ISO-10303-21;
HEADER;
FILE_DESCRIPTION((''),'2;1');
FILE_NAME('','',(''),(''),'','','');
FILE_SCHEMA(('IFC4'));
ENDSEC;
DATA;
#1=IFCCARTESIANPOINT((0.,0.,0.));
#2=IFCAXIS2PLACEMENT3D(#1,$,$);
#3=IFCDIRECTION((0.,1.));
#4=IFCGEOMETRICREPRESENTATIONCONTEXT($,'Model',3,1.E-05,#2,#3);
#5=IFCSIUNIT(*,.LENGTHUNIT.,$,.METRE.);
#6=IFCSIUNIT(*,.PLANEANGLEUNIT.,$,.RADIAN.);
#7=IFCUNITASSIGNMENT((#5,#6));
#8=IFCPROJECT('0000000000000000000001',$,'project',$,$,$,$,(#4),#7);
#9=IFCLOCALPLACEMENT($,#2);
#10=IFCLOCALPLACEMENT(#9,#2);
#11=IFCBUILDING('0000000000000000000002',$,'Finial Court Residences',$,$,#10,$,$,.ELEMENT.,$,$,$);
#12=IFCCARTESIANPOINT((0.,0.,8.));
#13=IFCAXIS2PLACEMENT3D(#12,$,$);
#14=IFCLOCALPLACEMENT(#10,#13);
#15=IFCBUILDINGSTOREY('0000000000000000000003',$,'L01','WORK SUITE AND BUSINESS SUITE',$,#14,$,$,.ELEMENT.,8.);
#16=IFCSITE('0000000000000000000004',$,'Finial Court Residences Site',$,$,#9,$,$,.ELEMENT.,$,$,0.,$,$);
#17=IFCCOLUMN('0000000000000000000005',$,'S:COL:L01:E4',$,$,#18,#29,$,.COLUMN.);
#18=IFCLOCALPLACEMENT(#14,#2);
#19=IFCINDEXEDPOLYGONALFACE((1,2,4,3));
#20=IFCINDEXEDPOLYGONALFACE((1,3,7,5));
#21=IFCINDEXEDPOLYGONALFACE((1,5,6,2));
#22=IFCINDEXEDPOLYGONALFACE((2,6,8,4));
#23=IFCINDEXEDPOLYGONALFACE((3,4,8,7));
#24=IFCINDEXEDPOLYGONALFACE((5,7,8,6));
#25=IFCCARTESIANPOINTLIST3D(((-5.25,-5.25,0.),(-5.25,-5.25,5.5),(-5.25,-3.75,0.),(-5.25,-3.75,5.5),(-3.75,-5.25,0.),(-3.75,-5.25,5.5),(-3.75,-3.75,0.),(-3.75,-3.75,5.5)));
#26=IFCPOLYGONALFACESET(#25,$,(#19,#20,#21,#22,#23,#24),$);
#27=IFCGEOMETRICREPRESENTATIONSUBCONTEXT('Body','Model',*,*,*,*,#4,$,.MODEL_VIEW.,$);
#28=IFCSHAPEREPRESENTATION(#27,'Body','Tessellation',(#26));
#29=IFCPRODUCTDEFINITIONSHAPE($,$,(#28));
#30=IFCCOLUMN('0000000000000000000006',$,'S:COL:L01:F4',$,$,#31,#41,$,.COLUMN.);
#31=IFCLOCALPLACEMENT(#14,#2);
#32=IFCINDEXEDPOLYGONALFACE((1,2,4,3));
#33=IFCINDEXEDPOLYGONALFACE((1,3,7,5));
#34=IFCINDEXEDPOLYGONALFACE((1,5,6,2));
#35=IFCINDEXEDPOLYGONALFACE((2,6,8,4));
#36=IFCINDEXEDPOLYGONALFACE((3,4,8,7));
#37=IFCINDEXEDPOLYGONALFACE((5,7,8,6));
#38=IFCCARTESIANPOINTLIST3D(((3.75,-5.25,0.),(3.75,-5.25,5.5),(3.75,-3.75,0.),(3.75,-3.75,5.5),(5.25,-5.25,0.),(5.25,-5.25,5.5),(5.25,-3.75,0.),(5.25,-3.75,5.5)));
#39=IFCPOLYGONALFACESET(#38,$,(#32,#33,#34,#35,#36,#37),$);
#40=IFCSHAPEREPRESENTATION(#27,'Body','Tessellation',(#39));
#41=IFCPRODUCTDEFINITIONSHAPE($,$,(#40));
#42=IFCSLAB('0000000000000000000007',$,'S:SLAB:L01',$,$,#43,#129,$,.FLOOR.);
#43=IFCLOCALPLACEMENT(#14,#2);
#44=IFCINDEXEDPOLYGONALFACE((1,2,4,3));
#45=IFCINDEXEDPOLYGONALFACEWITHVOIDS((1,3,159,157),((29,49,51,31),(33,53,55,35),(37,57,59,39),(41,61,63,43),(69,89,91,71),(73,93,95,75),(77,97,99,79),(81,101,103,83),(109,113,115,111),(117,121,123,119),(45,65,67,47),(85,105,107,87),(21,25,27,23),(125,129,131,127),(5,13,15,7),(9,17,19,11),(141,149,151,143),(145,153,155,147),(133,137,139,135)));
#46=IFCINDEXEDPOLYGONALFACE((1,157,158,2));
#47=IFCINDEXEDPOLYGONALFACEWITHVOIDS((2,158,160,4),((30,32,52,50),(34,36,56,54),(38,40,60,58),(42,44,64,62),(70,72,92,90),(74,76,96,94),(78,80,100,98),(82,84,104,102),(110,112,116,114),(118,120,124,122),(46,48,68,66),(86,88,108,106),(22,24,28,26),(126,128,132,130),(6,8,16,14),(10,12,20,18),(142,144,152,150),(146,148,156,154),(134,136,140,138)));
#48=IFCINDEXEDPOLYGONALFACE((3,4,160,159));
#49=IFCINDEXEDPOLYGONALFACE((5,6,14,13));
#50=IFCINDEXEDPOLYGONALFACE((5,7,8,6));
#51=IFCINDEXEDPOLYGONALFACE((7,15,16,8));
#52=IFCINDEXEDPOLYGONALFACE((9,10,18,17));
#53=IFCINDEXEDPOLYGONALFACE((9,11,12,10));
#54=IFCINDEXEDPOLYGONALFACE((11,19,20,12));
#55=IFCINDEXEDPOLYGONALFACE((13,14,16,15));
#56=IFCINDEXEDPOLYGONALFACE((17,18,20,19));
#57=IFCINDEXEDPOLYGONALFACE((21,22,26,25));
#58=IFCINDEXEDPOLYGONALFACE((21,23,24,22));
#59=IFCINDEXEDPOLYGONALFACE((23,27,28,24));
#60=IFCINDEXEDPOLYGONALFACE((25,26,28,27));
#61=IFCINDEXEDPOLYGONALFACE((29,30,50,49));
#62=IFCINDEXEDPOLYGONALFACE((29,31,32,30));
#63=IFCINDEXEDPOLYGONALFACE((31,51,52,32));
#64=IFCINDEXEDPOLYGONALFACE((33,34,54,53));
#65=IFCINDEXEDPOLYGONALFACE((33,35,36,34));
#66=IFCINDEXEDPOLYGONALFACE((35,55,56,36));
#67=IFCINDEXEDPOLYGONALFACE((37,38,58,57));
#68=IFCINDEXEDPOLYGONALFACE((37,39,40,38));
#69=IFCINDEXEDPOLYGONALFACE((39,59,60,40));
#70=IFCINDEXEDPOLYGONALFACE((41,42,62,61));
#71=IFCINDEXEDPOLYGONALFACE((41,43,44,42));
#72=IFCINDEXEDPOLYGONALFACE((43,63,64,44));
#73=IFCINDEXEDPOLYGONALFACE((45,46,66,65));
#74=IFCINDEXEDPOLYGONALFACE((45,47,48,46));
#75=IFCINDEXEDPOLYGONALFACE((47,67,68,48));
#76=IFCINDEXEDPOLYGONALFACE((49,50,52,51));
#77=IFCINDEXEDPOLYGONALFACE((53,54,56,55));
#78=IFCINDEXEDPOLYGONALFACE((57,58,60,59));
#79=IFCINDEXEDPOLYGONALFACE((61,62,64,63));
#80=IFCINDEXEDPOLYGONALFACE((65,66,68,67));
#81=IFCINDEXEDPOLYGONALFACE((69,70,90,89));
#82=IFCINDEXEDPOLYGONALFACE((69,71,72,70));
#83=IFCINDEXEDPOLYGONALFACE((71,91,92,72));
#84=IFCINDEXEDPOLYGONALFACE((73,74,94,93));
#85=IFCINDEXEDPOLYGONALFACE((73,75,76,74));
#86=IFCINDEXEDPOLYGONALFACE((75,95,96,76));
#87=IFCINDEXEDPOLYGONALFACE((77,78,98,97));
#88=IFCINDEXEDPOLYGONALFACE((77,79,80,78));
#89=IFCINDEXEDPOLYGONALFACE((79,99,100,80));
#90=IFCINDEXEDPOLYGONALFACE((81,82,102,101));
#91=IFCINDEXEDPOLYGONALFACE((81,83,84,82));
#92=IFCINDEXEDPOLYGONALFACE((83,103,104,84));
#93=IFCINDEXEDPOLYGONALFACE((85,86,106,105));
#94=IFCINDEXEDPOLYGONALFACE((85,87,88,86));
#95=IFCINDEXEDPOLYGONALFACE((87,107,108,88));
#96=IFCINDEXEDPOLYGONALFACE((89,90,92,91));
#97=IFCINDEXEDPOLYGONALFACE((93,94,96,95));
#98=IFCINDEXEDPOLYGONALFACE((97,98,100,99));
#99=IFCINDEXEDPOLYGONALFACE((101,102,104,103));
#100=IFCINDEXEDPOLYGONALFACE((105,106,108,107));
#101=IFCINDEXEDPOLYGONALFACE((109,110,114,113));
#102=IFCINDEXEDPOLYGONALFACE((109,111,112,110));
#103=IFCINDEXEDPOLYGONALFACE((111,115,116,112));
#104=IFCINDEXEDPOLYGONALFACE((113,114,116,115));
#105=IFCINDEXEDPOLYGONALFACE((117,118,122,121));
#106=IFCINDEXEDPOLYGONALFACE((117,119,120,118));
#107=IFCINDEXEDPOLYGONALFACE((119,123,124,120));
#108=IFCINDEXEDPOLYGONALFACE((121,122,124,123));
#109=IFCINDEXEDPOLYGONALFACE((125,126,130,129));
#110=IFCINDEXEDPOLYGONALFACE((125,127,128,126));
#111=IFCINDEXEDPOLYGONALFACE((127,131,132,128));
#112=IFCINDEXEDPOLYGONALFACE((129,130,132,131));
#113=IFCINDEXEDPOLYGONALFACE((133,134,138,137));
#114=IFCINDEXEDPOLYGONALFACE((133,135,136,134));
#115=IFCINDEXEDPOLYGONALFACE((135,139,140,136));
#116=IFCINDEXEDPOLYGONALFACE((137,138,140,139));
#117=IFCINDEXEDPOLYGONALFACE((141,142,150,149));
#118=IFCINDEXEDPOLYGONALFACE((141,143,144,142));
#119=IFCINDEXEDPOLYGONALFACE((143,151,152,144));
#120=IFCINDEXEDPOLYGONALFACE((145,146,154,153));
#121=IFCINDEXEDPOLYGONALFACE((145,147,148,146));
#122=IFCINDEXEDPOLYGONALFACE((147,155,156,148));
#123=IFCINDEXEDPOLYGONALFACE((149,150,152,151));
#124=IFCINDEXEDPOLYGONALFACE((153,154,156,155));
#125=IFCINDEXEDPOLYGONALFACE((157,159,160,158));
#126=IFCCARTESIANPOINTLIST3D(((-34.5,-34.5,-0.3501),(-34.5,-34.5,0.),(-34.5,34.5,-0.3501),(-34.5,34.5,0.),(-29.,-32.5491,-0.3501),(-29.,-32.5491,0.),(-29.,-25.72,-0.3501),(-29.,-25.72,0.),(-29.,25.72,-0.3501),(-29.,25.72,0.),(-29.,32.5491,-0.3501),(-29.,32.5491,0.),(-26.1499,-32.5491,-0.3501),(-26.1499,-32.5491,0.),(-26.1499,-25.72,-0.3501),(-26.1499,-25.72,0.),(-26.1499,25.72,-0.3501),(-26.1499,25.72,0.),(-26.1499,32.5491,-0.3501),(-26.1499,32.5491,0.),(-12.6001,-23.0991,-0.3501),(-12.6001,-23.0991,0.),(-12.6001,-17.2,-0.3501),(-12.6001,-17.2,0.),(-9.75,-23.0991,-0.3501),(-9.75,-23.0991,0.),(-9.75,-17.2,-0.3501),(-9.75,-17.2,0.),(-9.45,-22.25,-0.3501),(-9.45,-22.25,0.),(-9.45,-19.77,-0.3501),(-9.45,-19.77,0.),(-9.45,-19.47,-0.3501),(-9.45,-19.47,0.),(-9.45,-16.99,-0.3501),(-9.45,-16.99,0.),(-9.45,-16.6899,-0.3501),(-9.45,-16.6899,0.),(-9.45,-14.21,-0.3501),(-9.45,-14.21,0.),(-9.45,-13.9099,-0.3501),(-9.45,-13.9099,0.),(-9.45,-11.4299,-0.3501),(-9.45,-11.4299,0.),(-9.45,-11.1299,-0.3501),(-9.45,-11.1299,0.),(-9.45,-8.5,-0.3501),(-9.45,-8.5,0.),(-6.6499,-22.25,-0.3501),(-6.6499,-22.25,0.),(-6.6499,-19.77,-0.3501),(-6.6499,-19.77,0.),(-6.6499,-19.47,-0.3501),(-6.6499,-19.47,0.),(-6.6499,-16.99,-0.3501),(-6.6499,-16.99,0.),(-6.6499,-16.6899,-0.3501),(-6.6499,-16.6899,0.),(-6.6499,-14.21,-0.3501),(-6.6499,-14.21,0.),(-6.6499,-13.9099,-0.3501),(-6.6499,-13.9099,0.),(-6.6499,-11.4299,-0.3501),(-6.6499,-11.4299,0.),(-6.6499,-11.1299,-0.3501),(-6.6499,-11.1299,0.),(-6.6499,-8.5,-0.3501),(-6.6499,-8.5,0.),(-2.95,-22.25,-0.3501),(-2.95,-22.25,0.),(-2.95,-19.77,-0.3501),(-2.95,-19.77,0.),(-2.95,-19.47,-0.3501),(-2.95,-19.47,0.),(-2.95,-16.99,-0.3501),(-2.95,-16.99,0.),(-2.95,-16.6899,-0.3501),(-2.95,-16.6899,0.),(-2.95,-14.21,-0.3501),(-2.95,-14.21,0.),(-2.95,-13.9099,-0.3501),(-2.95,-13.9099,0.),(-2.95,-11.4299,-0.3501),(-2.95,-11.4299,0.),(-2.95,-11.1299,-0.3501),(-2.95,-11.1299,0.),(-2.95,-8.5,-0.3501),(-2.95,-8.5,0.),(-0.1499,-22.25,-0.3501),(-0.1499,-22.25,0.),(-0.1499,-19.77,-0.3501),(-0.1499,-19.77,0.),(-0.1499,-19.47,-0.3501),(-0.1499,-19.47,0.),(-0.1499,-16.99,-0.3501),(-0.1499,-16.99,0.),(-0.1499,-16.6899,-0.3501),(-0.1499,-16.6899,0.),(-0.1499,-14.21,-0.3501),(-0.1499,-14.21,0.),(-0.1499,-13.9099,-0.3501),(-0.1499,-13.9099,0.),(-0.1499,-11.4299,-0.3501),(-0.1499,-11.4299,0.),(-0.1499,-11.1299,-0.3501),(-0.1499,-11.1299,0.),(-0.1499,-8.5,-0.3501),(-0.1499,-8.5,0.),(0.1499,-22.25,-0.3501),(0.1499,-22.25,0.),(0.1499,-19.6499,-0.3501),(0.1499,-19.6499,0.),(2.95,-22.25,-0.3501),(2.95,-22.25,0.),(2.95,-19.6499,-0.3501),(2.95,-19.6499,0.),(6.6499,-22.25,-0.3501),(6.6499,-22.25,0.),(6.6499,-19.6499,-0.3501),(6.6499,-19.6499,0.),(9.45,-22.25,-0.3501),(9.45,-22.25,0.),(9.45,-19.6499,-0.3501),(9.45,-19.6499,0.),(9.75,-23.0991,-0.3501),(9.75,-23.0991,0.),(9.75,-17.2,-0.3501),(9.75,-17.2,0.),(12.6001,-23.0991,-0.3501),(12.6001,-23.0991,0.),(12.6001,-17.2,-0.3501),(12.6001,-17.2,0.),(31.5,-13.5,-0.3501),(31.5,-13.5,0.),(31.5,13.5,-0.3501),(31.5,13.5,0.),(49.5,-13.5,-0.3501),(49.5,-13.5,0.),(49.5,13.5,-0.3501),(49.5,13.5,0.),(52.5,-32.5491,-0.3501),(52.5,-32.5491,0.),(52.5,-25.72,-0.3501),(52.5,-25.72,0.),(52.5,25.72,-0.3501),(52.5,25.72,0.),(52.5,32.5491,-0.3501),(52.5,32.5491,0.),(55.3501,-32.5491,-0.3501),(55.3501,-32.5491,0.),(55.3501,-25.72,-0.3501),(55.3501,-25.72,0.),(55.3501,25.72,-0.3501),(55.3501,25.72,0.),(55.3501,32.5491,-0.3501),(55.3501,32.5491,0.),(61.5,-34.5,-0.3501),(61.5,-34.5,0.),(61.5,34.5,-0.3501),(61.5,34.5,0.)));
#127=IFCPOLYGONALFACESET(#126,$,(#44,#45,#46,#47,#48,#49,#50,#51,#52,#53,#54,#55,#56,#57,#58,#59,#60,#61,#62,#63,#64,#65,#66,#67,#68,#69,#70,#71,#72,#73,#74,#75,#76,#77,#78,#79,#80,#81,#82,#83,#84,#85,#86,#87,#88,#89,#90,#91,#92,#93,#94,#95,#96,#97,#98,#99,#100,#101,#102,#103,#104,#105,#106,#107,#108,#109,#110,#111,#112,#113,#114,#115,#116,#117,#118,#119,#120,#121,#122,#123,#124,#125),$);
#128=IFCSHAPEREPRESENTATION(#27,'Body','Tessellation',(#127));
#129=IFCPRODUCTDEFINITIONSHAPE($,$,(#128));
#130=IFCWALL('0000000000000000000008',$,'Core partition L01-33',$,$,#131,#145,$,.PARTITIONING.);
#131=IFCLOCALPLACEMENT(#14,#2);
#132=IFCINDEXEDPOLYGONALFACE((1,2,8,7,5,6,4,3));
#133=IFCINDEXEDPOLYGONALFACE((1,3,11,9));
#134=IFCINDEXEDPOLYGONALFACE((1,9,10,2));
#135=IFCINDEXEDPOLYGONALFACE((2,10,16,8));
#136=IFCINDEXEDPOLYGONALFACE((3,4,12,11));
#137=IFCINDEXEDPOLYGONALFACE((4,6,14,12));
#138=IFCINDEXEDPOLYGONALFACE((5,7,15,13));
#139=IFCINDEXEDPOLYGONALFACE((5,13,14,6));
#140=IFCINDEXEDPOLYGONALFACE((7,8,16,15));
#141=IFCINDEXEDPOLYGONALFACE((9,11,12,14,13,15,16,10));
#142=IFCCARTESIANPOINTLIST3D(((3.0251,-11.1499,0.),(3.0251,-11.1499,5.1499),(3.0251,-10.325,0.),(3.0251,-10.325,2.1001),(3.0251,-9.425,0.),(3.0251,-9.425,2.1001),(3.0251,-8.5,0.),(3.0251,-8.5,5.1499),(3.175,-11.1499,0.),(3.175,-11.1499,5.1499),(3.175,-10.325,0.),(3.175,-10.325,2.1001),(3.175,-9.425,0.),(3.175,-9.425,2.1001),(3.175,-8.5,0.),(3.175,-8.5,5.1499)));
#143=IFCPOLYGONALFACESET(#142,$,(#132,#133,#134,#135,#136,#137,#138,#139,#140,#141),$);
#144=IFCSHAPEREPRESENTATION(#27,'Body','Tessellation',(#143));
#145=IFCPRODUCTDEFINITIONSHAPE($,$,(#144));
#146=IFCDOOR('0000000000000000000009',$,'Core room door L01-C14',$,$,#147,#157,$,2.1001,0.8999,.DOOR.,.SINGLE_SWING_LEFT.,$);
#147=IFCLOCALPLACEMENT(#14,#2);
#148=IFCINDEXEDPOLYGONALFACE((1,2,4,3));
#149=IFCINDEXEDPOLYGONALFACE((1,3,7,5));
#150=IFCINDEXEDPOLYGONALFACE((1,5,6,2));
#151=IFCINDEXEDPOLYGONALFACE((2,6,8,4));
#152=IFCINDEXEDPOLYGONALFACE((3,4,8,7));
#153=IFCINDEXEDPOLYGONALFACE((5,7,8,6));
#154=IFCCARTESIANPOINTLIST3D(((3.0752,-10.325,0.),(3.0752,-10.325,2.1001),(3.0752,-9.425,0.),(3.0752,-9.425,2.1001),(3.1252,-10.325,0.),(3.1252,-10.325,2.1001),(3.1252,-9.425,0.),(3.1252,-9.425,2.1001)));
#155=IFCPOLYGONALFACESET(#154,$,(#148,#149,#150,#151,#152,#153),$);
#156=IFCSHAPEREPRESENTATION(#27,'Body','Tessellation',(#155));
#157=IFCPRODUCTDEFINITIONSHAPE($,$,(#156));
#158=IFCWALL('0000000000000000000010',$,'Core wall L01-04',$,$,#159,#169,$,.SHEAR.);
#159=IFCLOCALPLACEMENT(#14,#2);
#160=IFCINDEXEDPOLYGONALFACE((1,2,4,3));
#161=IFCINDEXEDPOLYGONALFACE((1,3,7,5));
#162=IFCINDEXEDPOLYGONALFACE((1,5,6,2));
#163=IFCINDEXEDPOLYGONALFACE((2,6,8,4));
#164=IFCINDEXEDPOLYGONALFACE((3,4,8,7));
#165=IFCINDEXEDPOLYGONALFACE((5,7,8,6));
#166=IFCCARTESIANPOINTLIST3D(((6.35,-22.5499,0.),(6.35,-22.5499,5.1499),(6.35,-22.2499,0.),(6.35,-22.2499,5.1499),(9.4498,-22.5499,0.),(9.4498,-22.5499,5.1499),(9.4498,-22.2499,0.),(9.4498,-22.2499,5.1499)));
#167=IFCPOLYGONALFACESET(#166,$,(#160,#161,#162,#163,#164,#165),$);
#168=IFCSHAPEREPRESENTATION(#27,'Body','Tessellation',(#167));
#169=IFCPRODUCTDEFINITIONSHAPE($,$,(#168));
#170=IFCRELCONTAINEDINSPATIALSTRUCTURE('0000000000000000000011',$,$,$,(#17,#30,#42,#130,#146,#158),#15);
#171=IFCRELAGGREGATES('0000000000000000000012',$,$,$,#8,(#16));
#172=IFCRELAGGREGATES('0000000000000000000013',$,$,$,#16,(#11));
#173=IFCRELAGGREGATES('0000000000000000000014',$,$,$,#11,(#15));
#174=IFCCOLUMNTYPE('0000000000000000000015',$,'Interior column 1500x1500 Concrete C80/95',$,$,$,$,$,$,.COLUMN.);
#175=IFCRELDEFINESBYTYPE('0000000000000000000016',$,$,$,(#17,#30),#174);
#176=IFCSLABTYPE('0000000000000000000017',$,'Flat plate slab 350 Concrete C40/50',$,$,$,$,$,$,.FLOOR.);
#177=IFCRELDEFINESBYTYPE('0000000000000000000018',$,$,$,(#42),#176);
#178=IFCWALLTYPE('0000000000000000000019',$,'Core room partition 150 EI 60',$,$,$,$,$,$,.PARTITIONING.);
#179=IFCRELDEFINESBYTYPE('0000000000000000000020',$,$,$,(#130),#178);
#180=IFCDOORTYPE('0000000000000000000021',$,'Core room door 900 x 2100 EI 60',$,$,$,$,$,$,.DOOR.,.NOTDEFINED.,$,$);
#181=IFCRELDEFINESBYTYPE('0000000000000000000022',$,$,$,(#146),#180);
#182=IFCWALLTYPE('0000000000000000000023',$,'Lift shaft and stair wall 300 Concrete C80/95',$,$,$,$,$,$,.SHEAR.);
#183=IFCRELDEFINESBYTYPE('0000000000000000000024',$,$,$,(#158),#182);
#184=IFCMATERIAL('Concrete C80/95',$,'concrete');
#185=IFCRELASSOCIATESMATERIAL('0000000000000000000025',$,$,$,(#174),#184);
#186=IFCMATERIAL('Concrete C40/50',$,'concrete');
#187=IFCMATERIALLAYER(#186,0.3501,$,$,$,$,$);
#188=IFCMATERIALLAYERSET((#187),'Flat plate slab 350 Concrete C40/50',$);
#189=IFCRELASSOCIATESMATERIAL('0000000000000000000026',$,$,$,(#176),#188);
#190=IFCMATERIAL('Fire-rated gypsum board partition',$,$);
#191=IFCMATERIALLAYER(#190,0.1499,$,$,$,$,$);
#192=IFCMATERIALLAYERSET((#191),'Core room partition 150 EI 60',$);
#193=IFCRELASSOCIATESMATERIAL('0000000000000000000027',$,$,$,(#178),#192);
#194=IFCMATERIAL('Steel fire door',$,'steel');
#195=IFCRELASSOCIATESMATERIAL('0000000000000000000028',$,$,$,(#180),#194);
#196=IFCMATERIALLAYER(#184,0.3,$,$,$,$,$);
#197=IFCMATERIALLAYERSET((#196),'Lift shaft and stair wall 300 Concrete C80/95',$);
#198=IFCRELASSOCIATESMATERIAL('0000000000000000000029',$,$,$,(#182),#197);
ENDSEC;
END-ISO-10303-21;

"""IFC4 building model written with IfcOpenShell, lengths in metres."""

from ifc_helpers import new_model, si_unit, direction, frame, frame_2d, origin, origin_2d, place, context, subcontext, project, spatial, polyline, rectangle, outline, extrude, material, layer, layer_set, material_profile, profile_set, type_object, element, fill, save


model = new_model("IFC4")

# Units and contexts
model_context = context("Model", 3, precision=1e-05, world=origin(), true_north=direction((0.0, 1.0)))
body_context = subcontext(model_context, "Body", "Model", "MODEL_VIEW")
ifc_project = project(units=[si_unit("LENGTHUNIT", "METRE"), si_unit("PLANEANGLEUNIT", "RADIAN")], contexts=[model_context])

# Site, building, storey
site_placement = place(None, origin())
site = spatial("IfcSite", under=ifc_project, at=site_placement, Name="Finial Court Residences Site", CompositionType="ELEMENT", RefElevation=0.0)
building_placement = place(site_placement, origin())
building = spatial("IfcBuilding", under=site, at=building_placement, Name="Finial Court Residences", CompositionType="ELEMENT")
storey_placement = place(building_placement, frame((0.0, 0.0, 8.0)))
storey = spatial("IfcBuildingStorey", under=building, at=storey_placement, Name="L01", Description="WORK SUITE AND BUSINESS SUITE", CompositionType="ELEMENT", Elevation=8.0)

# Columns
ifc_material_1 = material(Name="Concrete C80/95", Category="concrete")
ifc_material_profile = material_profile(ifc_material_1, rectangle(XDim=1.5, YDim=1.5, at=origin_2d()), Name="1500x1500")
ifc_profile_set = profile_set([ifc_material_profile], Name="Concrete C80/95")
column_type = type_object("IfcColumnType", Name="Interior column 1500x1500 Concrete C80/95", PredefinedType="COLUMN", material=ifc_profile_set)
for number, where, z_axis, x_axis, name in (
    (1, (-4.5, -4.5, 0.0), (0.0, 0.0, 1.0), (1.0, 0.0, 0.0), "S:COL:L01:E4"),
    (2, (4.5, -4.5, 0.0), (0.0, 0.0, 1.0), (1.0, 0.0, 0.0), "S:COL:L01:F4"),
):
    element("IfcColumn", number, at=place(storey_placement, frame(where, z_axis=z_axis, x_axis=x_axis)), inside=storey, type_object=column_type, Name=name, PredefinedType="COLUMN", context=body_context, shape_type="SweptSolid", body=[
        extrude(rectangle(XDim=1.5, YDim=1.5, at=origin_2d()), origin(), (0.0, 0.0, 1.0), 5.5),
    ])

# Slab
ifc_material_2 = material(Name="Concrete C40/50", Category="concrete")
ifc_layer_1 = layer(ifc_material_2, 0.3501)
ifc_layer_set_1 = layer_set([ifc_layer_1], Name="Flat plate slab 350 Concrete C40/50")
slab_type = type_object("IfcSlabType", Name="Flat plate slab 350 Concrete C40/50", PredefinedType="FLOOR", material=ifc_layer_set_1)
slab_placement = place(storey_placement, frame((0.0, 0.0, -0.3501)))
element("IfcSlab", 3, at=slab_placement, inside=storey, type_object=slab_type, Name="S:SLAB:L01", PredefinedType="FLOOR", context=body_context, shape_type="SweptSolid", body=[
    extrude(outline(polyline([(-34.5, 34.5), (61.5, 34.5), (61.5, -34.5), (-34.5, -34.5), (-34.5, 34.5)]), holes=[polyline([(31.5, 13.5), (31.5, -13.5), (49.5, -13.5), (49.5, 13.5), (31.5, 13.5)]), polyline([(-26.1499, -25.72), (-29.0, -25.72), (-29.0, -32.5491), (-26.1499, -32.5491), (-26.1499, -25.72)]), polyline([(-6.6499, -22.25), (-6.6499, -19.77), (-9.45, -19.77), (-9.45, -22.25), (-6.6499, -22.25)]), polyline([(-9.75, -17.2), (-12.6001, -17.2), (-12.6001, -23.0991), (-9.75, -23.0991), (-9.75, -17.2)]), polyline([(-6.6499, -19.47), (-6.6499, -16.99), (-9.45, -16.99), (-9.45, -19.47), (-6.6499, -19.47)]), polyline([(-6.6499, -16.6899), (-6.6499, -14.21), (-9.45, -14.21), (-9.45, -16.6899), (-6.6499, -16.6899)]), polyline([(-0.1499, -16.6899), (-0.1499, -14.21), (-2.95, -14.21), (-2.95, -16.6899), (-0.1499, -16.6899)]), polyline([(-6.6499, -13.9099), (-6.6499, -11.4299), (-9.45, -11.4299), (-9.45, -13.9099), (-6.6499, -13.9099)]), polyline([(-9.45, -11.1299), (-6.6499, -11.1299), (-6.6499, -8.5), (-9.45, -8.5), (-9.45, -11.1299)]), polyline([(-26.1499, 25.72), (-26.1499, 32.5491), (-29.0, 32.5491), (-29.0, 25.72), (-26.1499, 25.72)]), polyline([(55.3501, -25.72), (52.5, -25.72), (52.5, -32.5491), (55.3501, -32.5491), (55.3501, -25.72)]), polyline([(-0.1499, -22.25), (-0.1499, -19.77), (-2.95, -19.77), (-2.95, -22.25), (-0.1499, -22.25)]), polyline([(2.95, -22.25), (2.95, -19.6499), (0.1499, -19.6499), (0.1499, -22.25), (2.95, -22.25)]), polyline([(9.45, -22.25), (9.45, -19.6499), (6.6499, -19.6499), (6.6499, -22.25), (9.45, -22.25)]), polyline([(12.6001, -17.2), (9.75, -17.2), (9.75, -23.0991), (12.6001, -23.0991), (12.6001, -17.2)]), polyline([(-0.1499, -19.47), (-0.1499, -16.99), (-2.95, -16.99), (-2.95, -19.47), (-0.1499, -19.47)]), polyline([(-0.1499, -13.9099), (-0.1499, -11.4299), (-2.95, -11.4299), (-2.95, -13.9099), (-0.1499, -13.9099)]), polyline([(-2.95, -11.1299), (-0.1499, -11.1299), (-0.1499, -8.5), (-2.95, -8.5), (-2.95, -11.1299)]), polyline([(55.3501, 25.72), (55.3501, 32.5491), (52.5, 32.5491), (52.5, 25.72), (55.3501, 25.72)])]), origin(), (0.0, 0.0, 1.0), 0.3501),
])

# Wall, opening, door
ifc_material_3 = material(Name="Fire-rated gypsum board partition")
ifc_layer_2 = layer(ifc_material_3, 0.1499)
ifc_layer_set_2 = layer_set([ifc_layer_2], Name="Core room partition 150 EI 60")
wall_type_1 = type_object("IfcWallType", Name="Core room partition 150 EI 60", PredefinedType="PARTITIONING", material=ifc_layer_set_2)
wall_1_placement = place(storey_placement, frame((3.1001, -11.1499, 0.0), z_axis=(0.0, 0.0, 1.0), x_axis=(0.0, 1.0, 0.0)))
wall_1 = element("IfcWall", 4, at=wall_1_placement, inside=storey, type_object=wall_type_1, Name="Core partition L01-33", PredefinedType="PARTITIONING", context=body_context, shape_type="SweptSolid", body=[
    extrude(rectangle(XDim=2.6499, YDim=0.1499, at=frame_2d((1.325, 0.0))), origin(), (0.0, 0.0, 1.0), 5.1499),
])
opening_1_placement = place(wall_1_placement, frame((0.825, 0.0, 0.0)))
opening_1 = element("IfcOpeningElement", 5, at=opening_1_placement, cuts=wall_1, PredefinedType="OPENING", context=body_context, shape_type="SweptSolid", body=[
    extrude(rectangle(XDim=0.8999, YDim=2.1001, at=frame_2d((0.45, 1.05))), frame((0.0, 0.085, 0.0), z_axis=(0.0, -1.0, 0.0), x_axis=(1.0, 0.0, 0.0)), (0.0, 0.0, 1.0), 0.1699),
])
ifc_material_4 = material(Name="Steel fire door", Category="steel")
door_type_1 = type_object("IfcDoorType", Name="Core room door 900 x 2100 EI 60", OperationType="NOTDEFINED", PredefinedType="DOOR", material=ifc_material_4)
door_1_placement = place(opening_1_placement, origin())
door_1 = element("IfcDoor", 6, at=door_1_placement, inside=storey, type_object=door_type_1, Name="Core room door L01-C14", OperationType="SINGLE_SWING_LEFT", OverallHeight=2.1001, OverallWidth=0.8999, PredefinedType="DOOR", context=body_context, shape_type="SweptSolid", body=[
    extrude(rectangle(XDim=0.8999, YDim=2.1001, at=frame_2d((0.45, 1.05))), frame((0.0, 0.0249, 0.0), z_axis=(0.0, -1.0, 0.0), x_axis=(1.0, 0.0, 0.0)), (0.0, 0.0, 1.0), 0.05),
])
fill(opening_1, door_1)

# Wall
ifc_layer_3 = layer(ifc_material_1, 0.3)
ifc_layer_set_3 = layer_set([ifc_layer_3], Name="Lift shaft and stair wall 300 Concrete C80/95")
wall_type_2 = type_object("IfcWallType", Name="Lift shaft and stair wall 300 Concrete C80/95", PredefinedType="SHEAR", material=ifc_layer_set_3)
wall_2_placement = place(storey_placement, frame((6.3501, -22.3999, 0.0), z_axis=(0.0, 0.0, 1.0), x_axis=(1.0, 0.0, 0.0)))
element("IfcWall", 7, at=wall_2_placement, inside=storey, type_object=wall_type_2, Name="Core wall L01-04", PredefinedType="SHEAR", context=body_context, shape_type="SweptSolid", body=[
    extrude(rectangle(XDim=3.0999, YDim=0.3, at=frame_2d((1.5498, 0.0))), origin(), (0.0, 0.0, 1.0), 5.1499),
])

save(model, "model.ifc")
